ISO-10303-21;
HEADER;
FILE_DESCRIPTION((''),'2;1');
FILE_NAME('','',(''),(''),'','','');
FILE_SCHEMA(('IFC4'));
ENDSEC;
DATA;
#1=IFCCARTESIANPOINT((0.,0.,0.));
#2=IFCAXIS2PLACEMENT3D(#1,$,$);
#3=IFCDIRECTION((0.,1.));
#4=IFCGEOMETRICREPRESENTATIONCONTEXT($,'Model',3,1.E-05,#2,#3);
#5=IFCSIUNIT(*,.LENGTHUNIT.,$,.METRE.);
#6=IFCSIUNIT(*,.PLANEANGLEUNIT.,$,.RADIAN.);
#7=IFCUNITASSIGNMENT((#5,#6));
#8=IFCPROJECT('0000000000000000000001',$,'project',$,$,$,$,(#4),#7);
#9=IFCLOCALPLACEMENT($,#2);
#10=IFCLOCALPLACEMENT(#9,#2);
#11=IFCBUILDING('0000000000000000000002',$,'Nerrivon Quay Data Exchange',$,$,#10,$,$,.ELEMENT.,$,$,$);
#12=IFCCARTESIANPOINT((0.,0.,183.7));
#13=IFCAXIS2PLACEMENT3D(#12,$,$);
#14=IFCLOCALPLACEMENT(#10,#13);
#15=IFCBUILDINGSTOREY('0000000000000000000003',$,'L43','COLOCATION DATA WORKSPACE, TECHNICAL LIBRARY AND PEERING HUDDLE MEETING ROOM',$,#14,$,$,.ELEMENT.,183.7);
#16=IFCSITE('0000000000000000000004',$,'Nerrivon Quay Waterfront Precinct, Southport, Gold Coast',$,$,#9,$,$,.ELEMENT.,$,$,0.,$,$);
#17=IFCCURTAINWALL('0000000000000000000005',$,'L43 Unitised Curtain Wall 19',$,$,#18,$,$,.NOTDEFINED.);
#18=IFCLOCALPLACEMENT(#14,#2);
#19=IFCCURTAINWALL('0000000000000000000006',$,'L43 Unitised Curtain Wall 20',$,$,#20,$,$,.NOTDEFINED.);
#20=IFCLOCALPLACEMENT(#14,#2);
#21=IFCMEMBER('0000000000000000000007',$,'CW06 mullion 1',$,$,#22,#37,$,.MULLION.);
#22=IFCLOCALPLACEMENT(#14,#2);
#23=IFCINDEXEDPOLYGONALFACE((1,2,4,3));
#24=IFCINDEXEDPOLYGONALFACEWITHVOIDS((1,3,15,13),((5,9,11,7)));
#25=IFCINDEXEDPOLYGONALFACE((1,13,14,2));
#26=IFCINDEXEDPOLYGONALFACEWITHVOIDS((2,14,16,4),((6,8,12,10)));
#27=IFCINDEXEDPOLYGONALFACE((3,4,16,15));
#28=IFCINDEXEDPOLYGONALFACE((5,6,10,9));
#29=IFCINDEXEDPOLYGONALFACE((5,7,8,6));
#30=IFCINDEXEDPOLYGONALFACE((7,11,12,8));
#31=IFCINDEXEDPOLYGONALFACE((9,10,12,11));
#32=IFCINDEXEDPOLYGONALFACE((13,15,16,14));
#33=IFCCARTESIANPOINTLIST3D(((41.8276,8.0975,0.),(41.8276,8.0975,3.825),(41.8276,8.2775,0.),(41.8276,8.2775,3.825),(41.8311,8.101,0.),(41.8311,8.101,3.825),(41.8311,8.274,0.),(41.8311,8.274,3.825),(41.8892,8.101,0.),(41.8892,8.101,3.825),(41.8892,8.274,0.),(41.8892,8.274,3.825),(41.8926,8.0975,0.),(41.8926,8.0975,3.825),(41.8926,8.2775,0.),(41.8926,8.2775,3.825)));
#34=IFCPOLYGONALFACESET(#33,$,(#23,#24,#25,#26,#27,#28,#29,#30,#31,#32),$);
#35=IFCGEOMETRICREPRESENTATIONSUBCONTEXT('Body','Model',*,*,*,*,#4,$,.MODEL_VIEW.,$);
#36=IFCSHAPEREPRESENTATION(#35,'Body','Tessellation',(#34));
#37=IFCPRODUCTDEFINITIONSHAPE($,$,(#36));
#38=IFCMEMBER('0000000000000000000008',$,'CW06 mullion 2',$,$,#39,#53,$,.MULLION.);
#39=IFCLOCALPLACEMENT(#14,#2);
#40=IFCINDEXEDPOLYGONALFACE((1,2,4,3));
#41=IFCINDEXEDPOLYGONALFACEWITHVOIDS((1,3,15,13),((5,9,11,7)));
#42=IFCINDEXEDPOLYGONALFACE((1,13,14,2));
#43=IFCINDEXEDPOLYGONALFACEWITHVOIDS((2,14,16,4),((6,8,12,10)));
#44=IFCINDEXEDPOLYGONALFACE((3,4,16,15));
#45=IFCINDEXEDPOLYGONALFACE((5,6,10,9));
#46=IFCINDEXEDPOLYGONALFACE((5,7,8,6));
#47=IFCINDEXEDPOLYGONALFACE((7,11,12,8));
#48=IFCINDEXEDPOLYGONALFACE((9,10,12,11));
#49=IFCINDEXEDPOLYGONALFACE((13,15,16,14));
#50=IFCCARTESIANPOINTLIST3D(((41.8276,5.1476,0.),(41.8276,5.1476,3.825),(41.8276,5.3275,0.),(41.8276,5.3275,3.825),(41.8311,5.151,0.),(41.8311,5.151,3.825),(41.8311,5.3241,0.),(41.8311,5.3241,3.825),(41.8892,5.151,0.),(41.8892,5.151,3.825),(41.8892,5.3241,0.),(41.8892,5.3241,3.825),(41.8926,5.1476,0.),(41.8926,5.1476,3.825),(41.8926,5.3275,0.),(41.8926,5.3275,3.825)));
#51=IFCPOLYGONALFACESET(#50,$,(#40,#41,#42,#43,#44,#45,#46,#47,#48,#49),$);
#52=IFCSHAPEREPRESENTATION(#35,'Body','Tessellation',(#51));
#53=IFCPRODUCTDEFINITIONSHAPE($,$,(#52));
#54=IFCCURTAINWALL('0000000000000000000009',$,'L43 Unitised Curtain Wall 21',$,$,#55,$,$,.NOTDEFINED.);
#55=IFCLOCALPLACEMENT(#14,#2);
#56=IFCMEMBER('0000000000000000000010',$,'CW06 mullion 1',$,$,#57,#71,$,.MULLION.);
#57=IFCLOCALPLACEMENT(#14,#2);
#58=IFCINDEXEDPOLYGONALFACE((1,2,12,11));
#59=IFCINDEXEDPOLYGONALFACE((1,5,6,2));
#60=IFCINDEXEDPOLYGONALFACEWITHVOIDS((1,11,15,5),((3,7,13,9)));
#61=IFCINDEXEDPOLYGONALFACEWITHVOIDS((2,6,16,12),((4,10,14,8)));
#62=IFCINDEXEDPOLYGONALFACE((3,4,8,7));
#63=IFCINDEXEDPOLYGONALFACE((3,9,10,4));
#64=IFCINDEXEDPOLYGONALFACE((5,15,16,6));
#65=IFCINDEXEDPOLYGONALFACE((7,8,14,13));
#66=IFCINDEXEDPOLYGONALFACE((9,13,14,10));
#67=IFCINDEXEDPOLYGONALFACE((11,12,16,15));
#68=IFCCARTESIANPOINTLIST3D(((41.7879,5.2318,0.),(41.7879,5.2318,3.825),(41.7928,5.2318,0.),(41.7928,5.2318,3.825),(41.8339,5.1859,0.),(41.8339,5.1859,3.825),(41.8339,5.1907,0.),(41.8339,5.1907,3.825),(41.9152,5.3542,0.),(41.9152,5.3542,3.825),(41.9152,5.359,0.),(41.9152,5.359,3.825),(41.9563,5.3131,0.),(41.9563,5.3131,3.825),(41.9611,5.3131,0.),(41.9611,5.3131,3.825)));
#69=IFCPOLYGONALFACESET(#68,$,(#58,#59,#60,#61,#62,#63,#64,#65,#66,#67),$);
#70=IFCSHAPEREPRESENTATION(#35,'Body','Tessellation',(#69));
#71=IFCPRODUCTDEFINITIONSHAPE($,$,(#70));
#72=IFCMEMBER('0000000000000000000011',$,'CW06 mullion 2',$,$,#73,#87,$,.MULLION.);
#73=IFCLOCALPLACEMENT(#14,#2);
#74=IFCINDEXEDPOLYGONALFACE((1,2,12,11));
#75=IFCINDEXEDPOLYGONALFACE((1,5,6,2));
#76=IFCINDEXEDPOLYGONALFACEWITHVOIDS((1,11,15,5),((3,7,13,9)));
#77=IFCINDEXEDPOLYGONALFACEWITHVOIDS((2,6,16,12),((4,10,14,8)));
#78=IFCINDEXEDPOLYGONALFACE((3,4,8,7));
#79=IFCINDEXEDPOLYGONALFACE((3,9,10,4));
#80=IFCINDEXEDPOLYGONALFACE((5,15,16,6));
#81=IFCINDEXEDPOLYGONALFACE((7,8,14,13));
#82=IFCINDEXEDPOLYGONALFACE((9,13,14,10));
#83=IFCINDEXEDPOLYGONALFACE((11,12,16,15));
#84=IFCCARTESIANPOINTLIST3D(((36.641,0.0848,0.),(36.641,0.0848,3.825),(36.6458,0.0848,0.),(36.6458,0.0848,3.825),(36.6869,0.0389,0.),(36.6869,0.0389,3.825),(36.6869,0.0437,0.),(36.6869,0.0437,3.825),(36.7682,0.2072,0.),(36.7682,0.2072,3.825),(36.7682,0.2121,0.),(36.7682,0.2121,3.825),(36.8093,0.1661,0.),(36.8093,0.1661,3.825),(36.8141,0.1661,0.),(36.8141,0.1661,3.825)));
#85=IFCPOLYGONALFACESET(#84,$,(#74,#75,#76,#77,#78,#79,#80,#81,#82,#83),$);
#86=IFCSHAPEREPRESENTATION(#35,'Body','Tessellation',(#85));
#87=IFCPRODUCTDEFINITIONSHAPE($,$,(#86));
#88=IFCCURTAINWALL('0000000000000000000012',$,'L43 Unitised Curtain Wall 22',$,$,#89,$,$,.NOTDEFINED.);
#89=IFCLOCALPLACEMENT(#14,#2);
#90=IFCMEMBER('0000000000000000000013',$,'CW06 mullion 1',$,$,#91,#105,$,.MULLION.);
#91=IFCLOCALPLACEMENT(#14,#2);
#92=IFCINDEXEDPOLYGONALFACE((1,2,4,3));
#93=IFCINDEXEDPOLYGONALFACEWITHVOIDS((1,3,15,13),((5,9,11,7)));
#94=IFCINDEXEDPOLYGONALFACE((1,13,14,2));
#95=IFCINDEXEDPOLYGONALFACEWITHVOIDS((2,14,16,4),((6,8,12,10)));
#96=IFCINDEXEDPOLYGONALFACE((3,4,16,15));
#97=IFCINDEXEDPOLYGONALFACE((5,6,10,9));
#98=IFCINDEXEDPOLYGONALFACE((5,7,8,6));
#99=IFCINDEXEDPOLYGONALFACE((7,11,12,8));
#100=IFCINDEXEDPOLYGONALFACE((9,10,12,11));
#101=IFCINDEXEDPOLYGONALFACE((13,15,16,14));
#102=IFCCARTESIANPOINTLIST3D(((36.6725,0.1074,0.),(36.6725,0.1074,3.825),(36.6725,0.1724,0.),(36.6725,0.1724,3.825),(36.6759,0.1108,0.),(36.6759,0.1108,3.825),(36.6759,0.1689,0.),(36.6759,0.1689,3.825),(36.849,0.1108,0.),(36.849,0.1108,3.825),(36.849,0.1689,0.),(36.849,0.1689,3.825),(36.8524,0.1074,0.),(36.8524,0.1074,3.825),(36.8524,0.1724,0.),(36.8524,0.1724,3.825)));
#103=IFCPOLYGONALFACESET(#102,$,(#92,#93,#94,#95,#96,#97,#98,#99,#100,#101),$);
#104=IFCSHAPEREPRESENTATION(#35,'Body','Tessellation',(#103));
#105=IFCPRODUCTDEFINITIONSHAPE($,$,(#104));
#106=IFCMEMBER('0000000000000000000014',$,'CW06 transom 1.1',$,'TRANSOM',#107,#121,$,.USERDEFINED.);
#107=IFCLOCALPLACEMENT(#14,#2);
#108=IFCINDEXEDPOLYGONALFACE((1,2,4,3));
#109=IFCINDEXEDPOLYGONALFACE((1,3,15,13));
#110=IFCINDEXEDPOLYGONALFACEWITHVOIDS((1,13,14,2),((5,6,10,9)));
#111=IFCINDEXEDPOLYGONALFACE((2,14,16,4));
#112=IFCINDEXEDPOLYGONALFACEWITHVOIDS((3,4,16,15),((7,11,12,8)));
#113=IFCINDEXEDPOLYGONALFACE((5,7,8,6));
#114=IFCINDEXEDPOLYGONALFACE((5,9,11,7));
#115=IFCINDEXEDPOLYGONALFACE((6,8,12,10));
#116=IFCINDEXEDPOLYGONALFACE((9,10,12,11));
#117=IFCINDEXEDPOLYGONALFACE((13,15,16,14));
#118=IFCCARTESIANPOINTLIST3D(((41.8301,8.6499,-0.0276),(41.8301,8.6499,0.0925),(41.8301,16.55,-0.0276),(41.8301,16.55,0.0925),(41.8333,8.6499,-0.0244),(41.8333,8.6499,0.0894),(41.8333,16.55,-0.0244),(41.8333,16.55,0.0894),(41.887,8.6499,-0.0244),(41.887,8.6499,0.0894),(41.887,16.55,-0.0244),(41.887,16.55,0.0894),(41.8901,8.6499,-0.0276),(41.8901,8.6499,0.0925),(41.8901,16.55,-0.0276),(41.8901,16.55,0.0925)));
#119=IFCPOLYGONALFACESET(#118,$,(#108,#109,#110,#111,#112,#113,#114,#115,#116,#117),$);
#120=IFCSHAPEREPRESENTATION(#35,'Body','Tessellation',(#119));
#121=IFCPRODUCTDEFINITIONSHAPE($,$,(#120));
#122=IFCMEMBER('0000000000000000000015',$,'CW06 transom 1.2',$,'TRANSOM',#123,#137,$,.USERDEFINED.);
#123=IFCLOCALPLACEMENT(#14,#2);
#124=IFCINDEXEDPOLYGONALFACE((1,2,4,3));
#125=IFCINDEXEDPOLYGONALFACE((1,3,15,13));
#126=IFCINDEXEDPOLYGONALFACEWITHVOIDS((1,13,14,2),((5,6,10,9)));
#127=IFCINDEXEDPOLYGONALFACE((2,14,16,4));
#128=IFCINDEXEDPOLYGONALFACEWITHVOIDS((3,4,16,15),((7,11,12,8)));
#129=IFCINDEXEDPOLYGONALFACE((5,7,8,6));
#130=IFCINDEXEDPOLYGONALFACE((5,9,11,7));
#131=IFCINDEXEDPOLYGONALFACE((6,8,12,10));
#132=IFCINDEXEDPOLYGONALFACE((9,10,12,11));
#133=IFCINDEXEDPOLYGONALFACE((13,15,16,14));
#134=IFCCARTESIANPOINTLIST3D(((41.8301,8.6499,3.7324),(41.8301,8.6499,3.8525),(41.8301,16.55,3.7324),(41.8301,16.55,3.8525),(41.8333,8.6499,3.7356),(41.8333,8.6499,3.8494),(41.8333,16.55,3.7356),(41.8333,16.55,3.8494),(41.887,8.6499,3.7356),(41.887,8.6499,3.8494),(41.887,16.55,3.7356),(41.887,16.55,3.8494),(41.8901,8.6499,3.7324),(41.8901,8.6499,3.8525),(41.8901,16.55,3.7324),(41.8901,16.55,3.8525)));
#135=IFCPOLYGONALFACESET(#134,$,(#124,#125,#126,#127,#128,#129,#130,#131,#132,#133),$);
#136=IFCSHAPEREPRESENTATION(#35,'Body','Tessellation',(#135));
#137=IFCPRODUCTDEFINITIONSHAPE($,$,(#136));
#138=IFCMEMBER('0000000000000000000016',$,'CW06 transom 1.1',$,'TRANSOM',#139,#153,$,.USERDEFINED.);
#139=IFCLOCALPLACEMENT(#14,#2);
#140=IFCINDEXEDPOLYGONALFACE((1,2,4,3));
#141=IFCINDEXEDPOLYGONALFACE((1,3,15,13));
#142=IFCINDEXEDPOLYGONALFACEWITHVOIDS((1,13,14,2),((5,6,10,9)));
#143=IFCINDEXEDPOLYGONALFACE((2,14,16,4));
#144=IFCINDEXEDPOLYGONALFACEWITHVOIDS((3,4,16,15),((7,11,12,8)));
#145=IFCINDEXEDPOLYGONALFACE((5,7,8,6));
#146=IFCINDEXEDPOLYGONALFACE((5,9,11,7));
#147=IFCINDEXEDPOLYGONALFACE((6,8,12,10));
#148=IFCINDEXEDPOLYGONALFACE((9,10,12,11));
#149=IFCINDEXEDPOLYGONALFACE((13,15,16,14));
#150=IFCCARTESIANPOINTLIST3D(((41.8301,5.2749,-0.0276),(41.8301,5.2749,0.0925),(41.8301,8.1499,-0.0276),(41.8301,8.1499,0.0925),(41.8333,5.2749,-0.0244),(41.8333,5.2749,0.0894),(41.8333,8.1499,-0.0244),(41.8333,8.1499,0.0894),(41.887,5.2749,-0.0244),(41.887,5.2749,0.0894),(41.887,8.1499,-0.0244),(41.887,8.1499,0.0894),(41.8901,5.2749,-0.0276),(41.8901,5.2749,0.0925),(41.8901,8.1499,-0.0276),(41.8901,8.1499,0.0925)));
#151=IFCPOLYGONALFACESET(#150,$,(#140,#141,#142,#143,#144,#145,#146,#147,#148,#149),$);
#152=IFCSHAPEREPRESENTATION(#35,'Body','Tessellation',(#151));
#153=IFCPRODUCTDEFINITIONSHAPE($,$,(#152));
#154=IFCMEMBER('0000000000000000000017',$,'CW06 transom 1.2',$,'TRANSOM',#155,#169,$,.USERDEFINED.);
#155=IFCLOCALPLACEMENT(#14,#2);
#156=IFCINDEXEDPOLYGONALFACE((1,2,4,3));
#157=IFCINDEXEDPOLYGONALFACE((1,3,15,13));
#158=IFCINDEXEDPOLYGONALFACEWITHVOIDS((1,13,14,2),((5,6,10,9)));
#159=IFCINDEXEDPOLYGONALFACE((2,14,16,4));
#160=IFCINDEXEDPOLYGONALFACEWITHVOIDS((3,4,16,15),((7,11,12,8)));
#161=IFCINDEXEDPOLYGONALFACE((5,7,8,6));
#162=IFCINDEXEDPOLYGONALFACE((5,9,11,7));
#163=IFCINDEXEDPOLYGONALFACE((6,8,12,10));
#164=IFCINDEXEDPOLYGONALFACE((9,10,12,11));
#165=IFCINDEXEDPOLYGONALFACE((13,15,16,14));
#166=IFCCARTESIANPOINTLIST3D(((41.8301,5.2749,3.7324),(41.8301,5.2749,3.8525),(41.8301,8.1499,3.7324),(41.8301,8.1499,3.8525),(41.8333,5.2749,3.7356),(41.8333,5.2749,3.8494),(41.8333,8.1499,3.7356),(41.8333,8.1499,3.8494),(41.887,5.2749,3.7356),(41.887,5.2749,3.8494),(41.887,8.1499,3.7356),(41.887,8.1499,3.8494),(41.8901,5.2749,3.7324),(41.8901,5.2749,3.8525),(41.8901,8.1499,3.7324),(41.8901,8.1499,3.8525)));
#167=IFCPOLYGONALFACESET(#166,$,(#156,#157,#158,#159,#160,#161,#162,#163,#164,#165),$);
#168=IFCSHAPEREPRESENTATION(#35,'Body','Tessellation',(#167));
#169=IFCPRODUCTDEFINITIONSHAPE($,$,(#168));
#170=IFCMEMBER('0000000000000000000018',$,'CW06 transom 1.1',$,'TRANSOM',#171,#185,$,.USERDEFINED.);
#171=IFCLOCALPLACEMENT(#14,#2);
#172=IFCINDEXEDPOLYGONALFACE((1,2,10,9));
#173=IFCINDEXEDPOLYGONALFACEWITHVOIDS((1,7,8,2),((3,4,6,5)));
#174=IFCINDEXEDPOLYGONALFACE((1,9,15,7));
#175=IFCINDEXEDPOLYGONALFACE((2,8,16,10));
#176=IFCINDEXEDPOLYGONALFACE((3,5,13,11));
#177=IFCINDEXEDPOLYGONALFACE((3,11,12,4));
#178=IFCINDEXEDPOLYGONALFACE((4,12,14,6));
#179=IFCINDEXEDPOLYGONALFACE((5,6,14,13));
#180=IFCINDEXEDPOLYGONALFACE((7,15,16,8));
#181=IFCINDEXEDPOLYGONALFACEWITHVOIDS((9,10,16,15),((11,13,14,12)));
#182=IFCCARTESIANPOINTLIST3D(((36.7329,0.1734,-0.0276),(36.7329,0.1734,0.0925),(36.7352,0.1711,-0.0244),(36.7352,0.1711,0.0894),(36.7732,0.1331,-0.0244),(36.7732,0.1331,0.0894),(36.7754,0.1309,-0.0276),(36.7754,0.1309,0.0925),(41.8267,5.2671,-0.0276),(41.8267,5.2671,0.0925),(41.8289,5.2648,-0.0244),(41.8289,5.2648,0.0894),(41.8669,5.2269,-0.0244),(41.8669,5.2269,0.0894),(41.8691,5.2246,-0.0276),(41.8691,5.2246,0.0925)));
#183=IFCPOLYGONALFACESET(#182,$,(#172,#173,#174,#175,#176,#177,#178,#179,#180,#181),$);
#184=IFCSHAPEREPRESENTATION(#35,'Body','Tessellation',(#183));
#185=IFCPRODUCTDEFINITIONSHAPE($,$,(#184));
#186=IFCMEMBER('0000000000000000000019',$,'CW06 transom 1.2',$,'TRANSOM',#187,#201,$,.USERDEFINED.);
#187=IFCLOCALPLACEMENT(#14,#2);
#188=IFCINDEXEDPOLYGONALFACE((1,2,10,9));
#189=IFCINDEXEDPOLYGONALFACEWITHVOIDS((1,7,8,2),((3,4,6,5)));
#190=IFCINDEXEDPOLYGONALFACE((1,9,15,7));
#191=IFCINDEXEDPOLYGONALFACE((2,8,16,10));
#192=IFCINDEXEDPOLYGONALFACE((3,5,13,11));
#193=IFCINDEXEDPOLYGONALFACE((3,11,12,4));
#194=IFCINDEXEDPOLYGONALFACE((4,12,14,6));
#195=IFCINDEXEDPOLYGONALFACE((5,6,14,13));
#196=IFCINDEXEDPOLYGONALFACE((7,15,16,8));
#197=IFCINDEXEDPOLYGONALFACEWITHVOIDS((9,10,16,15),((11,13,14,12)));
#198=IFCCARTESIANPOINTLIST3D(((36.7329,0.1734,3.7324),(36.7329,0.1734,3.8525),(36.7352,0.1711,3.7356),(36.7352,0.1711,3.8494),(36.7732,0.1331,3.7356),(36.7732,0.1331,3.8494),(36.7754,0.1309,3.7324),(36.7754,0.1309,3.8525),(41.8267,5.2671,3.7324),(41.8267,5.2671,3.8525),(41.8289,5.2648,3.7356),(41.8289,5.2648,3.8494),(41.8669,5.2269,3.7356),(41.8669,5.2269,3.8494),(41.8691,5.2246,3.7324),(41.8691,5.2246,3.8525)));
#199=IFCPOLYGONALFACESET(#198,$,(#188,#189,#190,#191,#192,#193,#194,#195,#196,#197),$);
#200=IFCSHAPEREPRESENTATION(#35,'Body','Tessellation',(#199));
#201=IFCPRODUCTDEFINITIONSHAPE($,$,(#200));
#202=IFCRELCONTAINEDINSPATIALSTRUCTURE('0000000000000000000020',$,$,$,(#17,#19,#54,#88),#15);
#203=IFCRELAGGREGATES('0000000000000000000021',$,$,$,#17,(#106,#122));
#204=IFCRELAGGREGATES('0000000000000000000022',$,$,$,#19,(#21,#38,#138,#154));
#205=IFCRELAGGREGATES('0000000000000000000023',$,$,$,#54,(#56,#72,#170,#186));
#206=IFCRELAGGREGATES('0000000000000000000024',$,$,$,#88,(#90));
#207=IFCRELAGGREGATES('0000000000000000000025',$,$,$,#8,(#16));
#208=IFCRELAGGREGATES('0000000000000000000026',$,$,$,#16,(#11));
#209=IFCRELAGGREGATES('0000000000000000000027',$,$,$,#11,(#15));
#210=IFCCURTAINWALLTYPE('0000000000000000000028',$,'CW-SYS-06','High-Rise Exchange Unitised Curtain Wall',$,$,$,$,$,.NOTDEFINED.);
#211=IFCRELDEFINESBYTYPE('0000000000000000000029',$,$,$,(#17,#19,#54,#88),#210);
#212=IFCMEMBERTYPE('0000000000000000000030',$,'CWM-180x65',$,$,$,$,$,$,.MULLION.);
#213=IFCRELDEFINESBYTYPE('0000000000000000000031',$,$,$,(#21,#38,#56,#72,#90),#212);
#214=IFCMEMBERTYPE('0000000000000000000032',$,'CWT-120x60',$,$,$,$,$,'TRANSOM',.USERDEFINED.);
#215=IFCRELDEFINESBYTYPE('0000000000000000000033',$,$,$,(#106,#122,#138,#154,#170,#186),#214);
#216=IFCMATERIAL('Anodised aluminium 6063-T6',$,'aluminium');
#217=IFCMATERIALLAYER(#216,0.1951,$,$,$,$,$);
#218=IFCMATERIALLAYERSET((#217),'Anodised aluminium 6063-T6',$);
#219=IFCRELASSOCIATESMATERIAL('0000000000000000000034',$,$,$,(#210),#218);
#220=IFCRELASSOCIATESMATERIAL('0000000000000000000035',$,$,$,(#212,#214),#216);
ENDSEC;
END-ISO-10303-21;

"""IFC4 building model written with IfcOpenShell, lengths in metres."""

from ifc_helpers import new_model, si_unit, direction, frame, origin, origin_2d, place, context, subcontext, project, spatial, hollow_rectangle, extrude, material, layer, layer_set, material_profile, profile_set, type_object, element, aggregate, save


model = new_model("IFC4")

# Units and contexts
model_context = context("Model", 3, precision=1e-05, world=origin(), true_north=direction((0.0, 1.0)))
body_context = subcontext(model_context, "Body", "Model", "MODEL_VIEW")
ifc_project = project(units=[si_unit("LENGTHUNIT", "METRE"), si_unit("PLANEANGLEUNIT", "RADIAN")], contexts=[model_context])

# Site, building, storey
site_placement = place(None, origin())
site = spatial("IfcSite", under=ifc_project, at=site_placement, Name="Nerrivon Quay Waterfront Precinct, Southport, Gold Coast", CompositionType="ELEMENT", RefElevation=0.0)
building_placement = place(site_placement, origin())
building = spatial("IfcBuilding", under=site, at=building_placement, Name="Nerrivon Quay Data Exchange", CompositionType="ELEMENT")
storey_placement = place(building_placement, frame((0.0, 0.0, 183.7)))
storey = spatial("IfcBuildingStorey", under=building, at=storey_placement, Name="L43", Description="COLOCATION DATA WORKSPACE, TECHNICAL LIBRARY AND PEERING HUDDLE MEETING ROOM", CompositionType="ELEMENT", Elevation=183.7)

# Curtain walls, members
ifc_material_1 = material(Name="Anodised aluminium 6063-T6", Category="aluminium")
ifc_layer_1 = layer(ifc_material_1, 0.1951)
ifc_layer_set_1 = layer_set([ifc_layer_1], Name="Anodised aluminium 6063-T6")
curtain_wall_type = type_object("IfcCurtainWallType", Name="CW-SYS-06", Description="High-Rise Exchange Unitised Curtain Wall", PredefinedType="NOTDEFINED", material=ifc_layer_set_1)
curtain_wall_1_placement = place(storey_placement, origin())
curtain_wall_1 = element("IfcCurtainWall", 1, at=curtain_wall_1_placement, inside=storey, type_object=curtain_wall_type, Name="L43 Unitised Curtain Wall 19", PredefinedType="NOTDEFINED")
ifc_material_profile_1 = material_profile(ifc_material_1, hollow_rectangle(XDim=0.0649, YDim=0.1799, WallThickness=0.0034, at=origin_2d()), Name="ALU-MULL-180x65")
ifc_profile_set_1 = profile_set([ifc_material_profile_1], Name="Anodised aluminium 6063-T6")
member_type_1 = type_object("IfcMemberType", Name="CWM-180x65", PredefinedType="MULLION", material=ifc_profile_set_1)
curtain_wall_2_placement = place(storey_placement, origin())
curtain_wall_2 = element("IfcCurtainWall", 2, at=curtain_wall_2_placement, inside=storey, type_object=curtain_wall_type, Name="L43 Unitised Curtain Wall 20", PredefinedType="NOTDEFINED")
member_1_placement = place(storey_placement, frame((41.8601, 8.1875, 0.0), z_axis=(0.0, 0.0, 1.0), x_axis=(1.0, 0.0, 0.0)))
member_1 = element("IfcMember", 3, at=member_1_placement, type_object=member_type_1, Name="CW06 mullion 1", PredefinedType="MULLION", context=body_context, shape_type="SweptSolid", body=[
    extrude(hollow_rectangle(XDim=0.0649, YDim=0.1799, WallThickness=0.0034, at=origin_2d()), origin(), (0.0, 0.0, 1.0), 3.825),
])
member_2_placement = place(storey_placement, frame((41.8601, 5.2375, 0.0), z_axis=(0.0, 0.0, 1.0), x_axis=(1.0, 0.0, 0.0)))
member_2 = element("IfcMember", 4, at=member_2_placement, type_object=member_type_1, Name="CW06 mullion 2", PredefinedType="MULLION", context=body_context, shape_type="SweptSolid", body=[
    extrude(hollow_rectangle(XDim=0.0649, YDim=0.1799, WallThickness=0.0034, at=origin_2d()), origin(), (0.0, 0.0, 1.0), 3.825),
])
curtain_wall_3_placement = place(storey_placement, origin())
curtain_wall_3 = element("IfcCurtainWall", 5, at=curtain_wall_3_placement, inside=storey, type_object=curtain_wall_type, Name="L43 Unitised Curtain Wall 21", PredefinedType="NOTDEFINED")
member_3_placement = place(storey_placement, frame((41.8745, 5.2725, 0.0), z_axis=(0.0, 0.0, 1.0), x_axis=(0.707107, -0.707107, 0.0)))
member_3 = element("IfcMember", 6, at=member_3_placement, type_object=member_type_1, Name="CW06 mullion 1", PredefinedType="MULLION", context=body_context, shape_type="SweptSolid", body=[
    extrude(hollow_rectangle(XDim=0.0649, YDim=0.1799, WallThickness=0.0034, at=origin_2d()), origin(), (0.0, 0.0, 1.0), 3.825),
])
member_4_placement = place(storey_placement, frame((36.7275, 0.1255, 0.0), z_axis=(0.0, 0.0, 1.0), x_axis=(0.707107, -0.707107, 0.0)))
member_4 = element("IfcMember", 7, at=member_4_placement, type_object=member_type_1, Name="CW06 mullion 2", PredefinedType="MULLION", context=body_context, shape_type="SweptSolid", body=[
    extrude(hollow_rectangle(XDim=0.0649, YDim=0.1799, WallThickness=0.0034, at=origin_2d()), origin(), (0.0, 0.0, 1.0), 3.825),
])

# Curtain wall, member
curtain_wall_4_placement = place(storey_placement, origin())
curtain_wall_4 = element("IfcCurtainWall", 8, at=curtain_wall_4_placement, inside=storey, type_object=curtain_wall_type, Name="L43 Unitised Curtain Wall 22", PredefinedType="NOTDEFINED")
member_5_placement = place(storey_placement, frame((36.7625, 0.1399, 0.0), z_axis=(0.0, 0.0, 1.0), x_axis=(0.0, -1.0, 0.0)))
member_5 = element("IfcMember", 9, at=member_5_placement, type_object=member_type_1, Name="CW06 mullion 1", PredefinedType="MULLION", context=body_context, shape_type="SweptSolid", body=[
    extrude(hollow_rectangle(XDim=0.0649, YDim=0.1799, WallThickness=0.0034, at=origin_2d()), origin(), (0.0, 0.0, 1.0), 3.825),
])

# Members
ifc_material_profile_2 = material_profile(ifc_material_1, hollow_rectangle(XDim=0.0601, YDim=0.1201, WallThickness=0.0032, at=origin_2d()), Name="ALU-TRAN-120x60")
ifc_profile_set_2 = profile_set([ifc_material_profile_2], Name="Anodised aluminium 6063-T6")
member_type_2 = type_object("IfcMemberType", Name="CWT-120x60", ElementType="TRANSOM", PredefinedType="USERDEFINED", material=ifc_profile_set_2)
member_6_placement = place(storey_placement, frame((41.8601, 16.55, 0.0325), z_axis=(0.0, -1.0, 0.0), x_axis=(1.0, 0.0, 0.0)))
member_6 = element("IfcMember", 10, at=member_6_placement, type_object=member_type_2, Name="CW06 transom 1.1", ObjectType="TRANSOM", PredefinedType="USERDEFINED", context=body_context, shape_type="SweptSolid", body=[
    extrude(hollow_rectangle(XDim=0.0601, YDim=0.1201, WallThickness=0.0032, at=origin_2d()), origin(), (0.0, 0.0, 1.0), 7.9001),
])
member_7_placement = place(storey_placement, frame((41.8601, 16.55, 3.7925), z_axis=(0.0, -1.0, 0.0), x_axis=(1.0, 0.0, 0.0)))
member_7 = element("IfcMember", 11, at=member_7_placement, type_object=member_type_2, Name="CW06 transom 1.2", ObjectType="TRANSOM", PredefinedType="USERDEFINED", context=body_context, shape_type="SweptSolid", body=[
    extrude(hollow_rectangle(XDim=0.0601, YDim=0.1201, WallThickness=0.0032, at=origin_2d()), origin(), (0.0, 0.0, 1.0), 7.9001),
])
member_8_placement = place(storey_placement, frame((41.8601, 8.1499, 0.0325), z_axis=(0.0, -1.0, 0.0), x_axis=(1.0, 0.0, 0.0)))
member_8 = element("IfcMember", 12, at=member_8_placement, type_object=member_type_2, Name="CW06 transom 1.1", ObjectType="TRANSOM", PredefinedType="USERDEFINED", context=body_context, shape_type="SweptSolid", body=[
    extrude(hollow_rectangle(XDim=0.0601, YDim=0.1201, WallThickness=0.0032, at=origin_2d()), origin(), (0.0, 0.0, 1.0), 2.875),
])
member_9_placement = place(storey_placement, frame((41.8601, 8.1499, 3.7925), z_axis=(0.0, -1.0, 0.0), x_axis=(1.0, 0.0, 0.0)))
member_9 = element("IfcMember", 13, at=member_9_placement, type_object=member_type_2, Name="CW06 transom 1.2", ObjectType="TRANSOM", PredefinedType="USERDEFINED", context=body_context, shape_type="SweptSolid", body=[
    extrude(hollow_rectangle(XDim=0.0601, YDim=0.1201, WallThickness=0.0032, at=origin_2d()), origin(), (0.0, 0.0, 1.0), 2.875),
])
member_10_placement = place(storey_placement, frame((41.8479, 5.2458, 0.0325), z_axis=(-0.707107, -0.707107, 0.0), x_axis=(0.707107, -0.707107, 0.0)))
member_10 = element("IfcMember", 14, at=member_10_placement, type_object=member_type_2, Name="CW06 transom 1.1", ObjectType="TRANSOM", PredefinedType="USERDEFINED", context=body_context, shape_type="SweptSolid", body=[
    extrude(hollow_rectangle(XDim=0.0601, YDim=0.1201, WallThickness=0.0032, at=origin_2d()), origin(), (0.0, 0.0, 1.0), 7.2036),
])
member_11_placement = place(storey_placement, frame((41.8479, 5.2458, 3.7925), z_axis=(-0.707107, -0.707107, 0.0), x_axis=(0.707107, -0.707107, 0.0)))
member_11 = element("IfcMember", 15, at=member_11_placement, type_object=member_type_2, Name="CW06 transom 1.2", ObjectType="TRANSOM", PredefinedType="USERDEFINED", context=body_context, shape_type="SweptSolid", body=[
    extrude(hollow_rectangle(XDim=0.0601, YDim=0.1201, WallThickness=0.0032, at=origin_2d()), origin(), (0.0, 0.0, 1.0), 7.2036),
])

aggregate(curtain_wall_1, [member_6, member_7])
aggregate(curtain_wall_2, [member_1, member_2, member_8, member_9])
aggregate(curtain_wall_3, [member_3, member_4, member_10, member_11])
aggregate(curtain_wall_4, [member_5])

save(model, "model.ifc")
